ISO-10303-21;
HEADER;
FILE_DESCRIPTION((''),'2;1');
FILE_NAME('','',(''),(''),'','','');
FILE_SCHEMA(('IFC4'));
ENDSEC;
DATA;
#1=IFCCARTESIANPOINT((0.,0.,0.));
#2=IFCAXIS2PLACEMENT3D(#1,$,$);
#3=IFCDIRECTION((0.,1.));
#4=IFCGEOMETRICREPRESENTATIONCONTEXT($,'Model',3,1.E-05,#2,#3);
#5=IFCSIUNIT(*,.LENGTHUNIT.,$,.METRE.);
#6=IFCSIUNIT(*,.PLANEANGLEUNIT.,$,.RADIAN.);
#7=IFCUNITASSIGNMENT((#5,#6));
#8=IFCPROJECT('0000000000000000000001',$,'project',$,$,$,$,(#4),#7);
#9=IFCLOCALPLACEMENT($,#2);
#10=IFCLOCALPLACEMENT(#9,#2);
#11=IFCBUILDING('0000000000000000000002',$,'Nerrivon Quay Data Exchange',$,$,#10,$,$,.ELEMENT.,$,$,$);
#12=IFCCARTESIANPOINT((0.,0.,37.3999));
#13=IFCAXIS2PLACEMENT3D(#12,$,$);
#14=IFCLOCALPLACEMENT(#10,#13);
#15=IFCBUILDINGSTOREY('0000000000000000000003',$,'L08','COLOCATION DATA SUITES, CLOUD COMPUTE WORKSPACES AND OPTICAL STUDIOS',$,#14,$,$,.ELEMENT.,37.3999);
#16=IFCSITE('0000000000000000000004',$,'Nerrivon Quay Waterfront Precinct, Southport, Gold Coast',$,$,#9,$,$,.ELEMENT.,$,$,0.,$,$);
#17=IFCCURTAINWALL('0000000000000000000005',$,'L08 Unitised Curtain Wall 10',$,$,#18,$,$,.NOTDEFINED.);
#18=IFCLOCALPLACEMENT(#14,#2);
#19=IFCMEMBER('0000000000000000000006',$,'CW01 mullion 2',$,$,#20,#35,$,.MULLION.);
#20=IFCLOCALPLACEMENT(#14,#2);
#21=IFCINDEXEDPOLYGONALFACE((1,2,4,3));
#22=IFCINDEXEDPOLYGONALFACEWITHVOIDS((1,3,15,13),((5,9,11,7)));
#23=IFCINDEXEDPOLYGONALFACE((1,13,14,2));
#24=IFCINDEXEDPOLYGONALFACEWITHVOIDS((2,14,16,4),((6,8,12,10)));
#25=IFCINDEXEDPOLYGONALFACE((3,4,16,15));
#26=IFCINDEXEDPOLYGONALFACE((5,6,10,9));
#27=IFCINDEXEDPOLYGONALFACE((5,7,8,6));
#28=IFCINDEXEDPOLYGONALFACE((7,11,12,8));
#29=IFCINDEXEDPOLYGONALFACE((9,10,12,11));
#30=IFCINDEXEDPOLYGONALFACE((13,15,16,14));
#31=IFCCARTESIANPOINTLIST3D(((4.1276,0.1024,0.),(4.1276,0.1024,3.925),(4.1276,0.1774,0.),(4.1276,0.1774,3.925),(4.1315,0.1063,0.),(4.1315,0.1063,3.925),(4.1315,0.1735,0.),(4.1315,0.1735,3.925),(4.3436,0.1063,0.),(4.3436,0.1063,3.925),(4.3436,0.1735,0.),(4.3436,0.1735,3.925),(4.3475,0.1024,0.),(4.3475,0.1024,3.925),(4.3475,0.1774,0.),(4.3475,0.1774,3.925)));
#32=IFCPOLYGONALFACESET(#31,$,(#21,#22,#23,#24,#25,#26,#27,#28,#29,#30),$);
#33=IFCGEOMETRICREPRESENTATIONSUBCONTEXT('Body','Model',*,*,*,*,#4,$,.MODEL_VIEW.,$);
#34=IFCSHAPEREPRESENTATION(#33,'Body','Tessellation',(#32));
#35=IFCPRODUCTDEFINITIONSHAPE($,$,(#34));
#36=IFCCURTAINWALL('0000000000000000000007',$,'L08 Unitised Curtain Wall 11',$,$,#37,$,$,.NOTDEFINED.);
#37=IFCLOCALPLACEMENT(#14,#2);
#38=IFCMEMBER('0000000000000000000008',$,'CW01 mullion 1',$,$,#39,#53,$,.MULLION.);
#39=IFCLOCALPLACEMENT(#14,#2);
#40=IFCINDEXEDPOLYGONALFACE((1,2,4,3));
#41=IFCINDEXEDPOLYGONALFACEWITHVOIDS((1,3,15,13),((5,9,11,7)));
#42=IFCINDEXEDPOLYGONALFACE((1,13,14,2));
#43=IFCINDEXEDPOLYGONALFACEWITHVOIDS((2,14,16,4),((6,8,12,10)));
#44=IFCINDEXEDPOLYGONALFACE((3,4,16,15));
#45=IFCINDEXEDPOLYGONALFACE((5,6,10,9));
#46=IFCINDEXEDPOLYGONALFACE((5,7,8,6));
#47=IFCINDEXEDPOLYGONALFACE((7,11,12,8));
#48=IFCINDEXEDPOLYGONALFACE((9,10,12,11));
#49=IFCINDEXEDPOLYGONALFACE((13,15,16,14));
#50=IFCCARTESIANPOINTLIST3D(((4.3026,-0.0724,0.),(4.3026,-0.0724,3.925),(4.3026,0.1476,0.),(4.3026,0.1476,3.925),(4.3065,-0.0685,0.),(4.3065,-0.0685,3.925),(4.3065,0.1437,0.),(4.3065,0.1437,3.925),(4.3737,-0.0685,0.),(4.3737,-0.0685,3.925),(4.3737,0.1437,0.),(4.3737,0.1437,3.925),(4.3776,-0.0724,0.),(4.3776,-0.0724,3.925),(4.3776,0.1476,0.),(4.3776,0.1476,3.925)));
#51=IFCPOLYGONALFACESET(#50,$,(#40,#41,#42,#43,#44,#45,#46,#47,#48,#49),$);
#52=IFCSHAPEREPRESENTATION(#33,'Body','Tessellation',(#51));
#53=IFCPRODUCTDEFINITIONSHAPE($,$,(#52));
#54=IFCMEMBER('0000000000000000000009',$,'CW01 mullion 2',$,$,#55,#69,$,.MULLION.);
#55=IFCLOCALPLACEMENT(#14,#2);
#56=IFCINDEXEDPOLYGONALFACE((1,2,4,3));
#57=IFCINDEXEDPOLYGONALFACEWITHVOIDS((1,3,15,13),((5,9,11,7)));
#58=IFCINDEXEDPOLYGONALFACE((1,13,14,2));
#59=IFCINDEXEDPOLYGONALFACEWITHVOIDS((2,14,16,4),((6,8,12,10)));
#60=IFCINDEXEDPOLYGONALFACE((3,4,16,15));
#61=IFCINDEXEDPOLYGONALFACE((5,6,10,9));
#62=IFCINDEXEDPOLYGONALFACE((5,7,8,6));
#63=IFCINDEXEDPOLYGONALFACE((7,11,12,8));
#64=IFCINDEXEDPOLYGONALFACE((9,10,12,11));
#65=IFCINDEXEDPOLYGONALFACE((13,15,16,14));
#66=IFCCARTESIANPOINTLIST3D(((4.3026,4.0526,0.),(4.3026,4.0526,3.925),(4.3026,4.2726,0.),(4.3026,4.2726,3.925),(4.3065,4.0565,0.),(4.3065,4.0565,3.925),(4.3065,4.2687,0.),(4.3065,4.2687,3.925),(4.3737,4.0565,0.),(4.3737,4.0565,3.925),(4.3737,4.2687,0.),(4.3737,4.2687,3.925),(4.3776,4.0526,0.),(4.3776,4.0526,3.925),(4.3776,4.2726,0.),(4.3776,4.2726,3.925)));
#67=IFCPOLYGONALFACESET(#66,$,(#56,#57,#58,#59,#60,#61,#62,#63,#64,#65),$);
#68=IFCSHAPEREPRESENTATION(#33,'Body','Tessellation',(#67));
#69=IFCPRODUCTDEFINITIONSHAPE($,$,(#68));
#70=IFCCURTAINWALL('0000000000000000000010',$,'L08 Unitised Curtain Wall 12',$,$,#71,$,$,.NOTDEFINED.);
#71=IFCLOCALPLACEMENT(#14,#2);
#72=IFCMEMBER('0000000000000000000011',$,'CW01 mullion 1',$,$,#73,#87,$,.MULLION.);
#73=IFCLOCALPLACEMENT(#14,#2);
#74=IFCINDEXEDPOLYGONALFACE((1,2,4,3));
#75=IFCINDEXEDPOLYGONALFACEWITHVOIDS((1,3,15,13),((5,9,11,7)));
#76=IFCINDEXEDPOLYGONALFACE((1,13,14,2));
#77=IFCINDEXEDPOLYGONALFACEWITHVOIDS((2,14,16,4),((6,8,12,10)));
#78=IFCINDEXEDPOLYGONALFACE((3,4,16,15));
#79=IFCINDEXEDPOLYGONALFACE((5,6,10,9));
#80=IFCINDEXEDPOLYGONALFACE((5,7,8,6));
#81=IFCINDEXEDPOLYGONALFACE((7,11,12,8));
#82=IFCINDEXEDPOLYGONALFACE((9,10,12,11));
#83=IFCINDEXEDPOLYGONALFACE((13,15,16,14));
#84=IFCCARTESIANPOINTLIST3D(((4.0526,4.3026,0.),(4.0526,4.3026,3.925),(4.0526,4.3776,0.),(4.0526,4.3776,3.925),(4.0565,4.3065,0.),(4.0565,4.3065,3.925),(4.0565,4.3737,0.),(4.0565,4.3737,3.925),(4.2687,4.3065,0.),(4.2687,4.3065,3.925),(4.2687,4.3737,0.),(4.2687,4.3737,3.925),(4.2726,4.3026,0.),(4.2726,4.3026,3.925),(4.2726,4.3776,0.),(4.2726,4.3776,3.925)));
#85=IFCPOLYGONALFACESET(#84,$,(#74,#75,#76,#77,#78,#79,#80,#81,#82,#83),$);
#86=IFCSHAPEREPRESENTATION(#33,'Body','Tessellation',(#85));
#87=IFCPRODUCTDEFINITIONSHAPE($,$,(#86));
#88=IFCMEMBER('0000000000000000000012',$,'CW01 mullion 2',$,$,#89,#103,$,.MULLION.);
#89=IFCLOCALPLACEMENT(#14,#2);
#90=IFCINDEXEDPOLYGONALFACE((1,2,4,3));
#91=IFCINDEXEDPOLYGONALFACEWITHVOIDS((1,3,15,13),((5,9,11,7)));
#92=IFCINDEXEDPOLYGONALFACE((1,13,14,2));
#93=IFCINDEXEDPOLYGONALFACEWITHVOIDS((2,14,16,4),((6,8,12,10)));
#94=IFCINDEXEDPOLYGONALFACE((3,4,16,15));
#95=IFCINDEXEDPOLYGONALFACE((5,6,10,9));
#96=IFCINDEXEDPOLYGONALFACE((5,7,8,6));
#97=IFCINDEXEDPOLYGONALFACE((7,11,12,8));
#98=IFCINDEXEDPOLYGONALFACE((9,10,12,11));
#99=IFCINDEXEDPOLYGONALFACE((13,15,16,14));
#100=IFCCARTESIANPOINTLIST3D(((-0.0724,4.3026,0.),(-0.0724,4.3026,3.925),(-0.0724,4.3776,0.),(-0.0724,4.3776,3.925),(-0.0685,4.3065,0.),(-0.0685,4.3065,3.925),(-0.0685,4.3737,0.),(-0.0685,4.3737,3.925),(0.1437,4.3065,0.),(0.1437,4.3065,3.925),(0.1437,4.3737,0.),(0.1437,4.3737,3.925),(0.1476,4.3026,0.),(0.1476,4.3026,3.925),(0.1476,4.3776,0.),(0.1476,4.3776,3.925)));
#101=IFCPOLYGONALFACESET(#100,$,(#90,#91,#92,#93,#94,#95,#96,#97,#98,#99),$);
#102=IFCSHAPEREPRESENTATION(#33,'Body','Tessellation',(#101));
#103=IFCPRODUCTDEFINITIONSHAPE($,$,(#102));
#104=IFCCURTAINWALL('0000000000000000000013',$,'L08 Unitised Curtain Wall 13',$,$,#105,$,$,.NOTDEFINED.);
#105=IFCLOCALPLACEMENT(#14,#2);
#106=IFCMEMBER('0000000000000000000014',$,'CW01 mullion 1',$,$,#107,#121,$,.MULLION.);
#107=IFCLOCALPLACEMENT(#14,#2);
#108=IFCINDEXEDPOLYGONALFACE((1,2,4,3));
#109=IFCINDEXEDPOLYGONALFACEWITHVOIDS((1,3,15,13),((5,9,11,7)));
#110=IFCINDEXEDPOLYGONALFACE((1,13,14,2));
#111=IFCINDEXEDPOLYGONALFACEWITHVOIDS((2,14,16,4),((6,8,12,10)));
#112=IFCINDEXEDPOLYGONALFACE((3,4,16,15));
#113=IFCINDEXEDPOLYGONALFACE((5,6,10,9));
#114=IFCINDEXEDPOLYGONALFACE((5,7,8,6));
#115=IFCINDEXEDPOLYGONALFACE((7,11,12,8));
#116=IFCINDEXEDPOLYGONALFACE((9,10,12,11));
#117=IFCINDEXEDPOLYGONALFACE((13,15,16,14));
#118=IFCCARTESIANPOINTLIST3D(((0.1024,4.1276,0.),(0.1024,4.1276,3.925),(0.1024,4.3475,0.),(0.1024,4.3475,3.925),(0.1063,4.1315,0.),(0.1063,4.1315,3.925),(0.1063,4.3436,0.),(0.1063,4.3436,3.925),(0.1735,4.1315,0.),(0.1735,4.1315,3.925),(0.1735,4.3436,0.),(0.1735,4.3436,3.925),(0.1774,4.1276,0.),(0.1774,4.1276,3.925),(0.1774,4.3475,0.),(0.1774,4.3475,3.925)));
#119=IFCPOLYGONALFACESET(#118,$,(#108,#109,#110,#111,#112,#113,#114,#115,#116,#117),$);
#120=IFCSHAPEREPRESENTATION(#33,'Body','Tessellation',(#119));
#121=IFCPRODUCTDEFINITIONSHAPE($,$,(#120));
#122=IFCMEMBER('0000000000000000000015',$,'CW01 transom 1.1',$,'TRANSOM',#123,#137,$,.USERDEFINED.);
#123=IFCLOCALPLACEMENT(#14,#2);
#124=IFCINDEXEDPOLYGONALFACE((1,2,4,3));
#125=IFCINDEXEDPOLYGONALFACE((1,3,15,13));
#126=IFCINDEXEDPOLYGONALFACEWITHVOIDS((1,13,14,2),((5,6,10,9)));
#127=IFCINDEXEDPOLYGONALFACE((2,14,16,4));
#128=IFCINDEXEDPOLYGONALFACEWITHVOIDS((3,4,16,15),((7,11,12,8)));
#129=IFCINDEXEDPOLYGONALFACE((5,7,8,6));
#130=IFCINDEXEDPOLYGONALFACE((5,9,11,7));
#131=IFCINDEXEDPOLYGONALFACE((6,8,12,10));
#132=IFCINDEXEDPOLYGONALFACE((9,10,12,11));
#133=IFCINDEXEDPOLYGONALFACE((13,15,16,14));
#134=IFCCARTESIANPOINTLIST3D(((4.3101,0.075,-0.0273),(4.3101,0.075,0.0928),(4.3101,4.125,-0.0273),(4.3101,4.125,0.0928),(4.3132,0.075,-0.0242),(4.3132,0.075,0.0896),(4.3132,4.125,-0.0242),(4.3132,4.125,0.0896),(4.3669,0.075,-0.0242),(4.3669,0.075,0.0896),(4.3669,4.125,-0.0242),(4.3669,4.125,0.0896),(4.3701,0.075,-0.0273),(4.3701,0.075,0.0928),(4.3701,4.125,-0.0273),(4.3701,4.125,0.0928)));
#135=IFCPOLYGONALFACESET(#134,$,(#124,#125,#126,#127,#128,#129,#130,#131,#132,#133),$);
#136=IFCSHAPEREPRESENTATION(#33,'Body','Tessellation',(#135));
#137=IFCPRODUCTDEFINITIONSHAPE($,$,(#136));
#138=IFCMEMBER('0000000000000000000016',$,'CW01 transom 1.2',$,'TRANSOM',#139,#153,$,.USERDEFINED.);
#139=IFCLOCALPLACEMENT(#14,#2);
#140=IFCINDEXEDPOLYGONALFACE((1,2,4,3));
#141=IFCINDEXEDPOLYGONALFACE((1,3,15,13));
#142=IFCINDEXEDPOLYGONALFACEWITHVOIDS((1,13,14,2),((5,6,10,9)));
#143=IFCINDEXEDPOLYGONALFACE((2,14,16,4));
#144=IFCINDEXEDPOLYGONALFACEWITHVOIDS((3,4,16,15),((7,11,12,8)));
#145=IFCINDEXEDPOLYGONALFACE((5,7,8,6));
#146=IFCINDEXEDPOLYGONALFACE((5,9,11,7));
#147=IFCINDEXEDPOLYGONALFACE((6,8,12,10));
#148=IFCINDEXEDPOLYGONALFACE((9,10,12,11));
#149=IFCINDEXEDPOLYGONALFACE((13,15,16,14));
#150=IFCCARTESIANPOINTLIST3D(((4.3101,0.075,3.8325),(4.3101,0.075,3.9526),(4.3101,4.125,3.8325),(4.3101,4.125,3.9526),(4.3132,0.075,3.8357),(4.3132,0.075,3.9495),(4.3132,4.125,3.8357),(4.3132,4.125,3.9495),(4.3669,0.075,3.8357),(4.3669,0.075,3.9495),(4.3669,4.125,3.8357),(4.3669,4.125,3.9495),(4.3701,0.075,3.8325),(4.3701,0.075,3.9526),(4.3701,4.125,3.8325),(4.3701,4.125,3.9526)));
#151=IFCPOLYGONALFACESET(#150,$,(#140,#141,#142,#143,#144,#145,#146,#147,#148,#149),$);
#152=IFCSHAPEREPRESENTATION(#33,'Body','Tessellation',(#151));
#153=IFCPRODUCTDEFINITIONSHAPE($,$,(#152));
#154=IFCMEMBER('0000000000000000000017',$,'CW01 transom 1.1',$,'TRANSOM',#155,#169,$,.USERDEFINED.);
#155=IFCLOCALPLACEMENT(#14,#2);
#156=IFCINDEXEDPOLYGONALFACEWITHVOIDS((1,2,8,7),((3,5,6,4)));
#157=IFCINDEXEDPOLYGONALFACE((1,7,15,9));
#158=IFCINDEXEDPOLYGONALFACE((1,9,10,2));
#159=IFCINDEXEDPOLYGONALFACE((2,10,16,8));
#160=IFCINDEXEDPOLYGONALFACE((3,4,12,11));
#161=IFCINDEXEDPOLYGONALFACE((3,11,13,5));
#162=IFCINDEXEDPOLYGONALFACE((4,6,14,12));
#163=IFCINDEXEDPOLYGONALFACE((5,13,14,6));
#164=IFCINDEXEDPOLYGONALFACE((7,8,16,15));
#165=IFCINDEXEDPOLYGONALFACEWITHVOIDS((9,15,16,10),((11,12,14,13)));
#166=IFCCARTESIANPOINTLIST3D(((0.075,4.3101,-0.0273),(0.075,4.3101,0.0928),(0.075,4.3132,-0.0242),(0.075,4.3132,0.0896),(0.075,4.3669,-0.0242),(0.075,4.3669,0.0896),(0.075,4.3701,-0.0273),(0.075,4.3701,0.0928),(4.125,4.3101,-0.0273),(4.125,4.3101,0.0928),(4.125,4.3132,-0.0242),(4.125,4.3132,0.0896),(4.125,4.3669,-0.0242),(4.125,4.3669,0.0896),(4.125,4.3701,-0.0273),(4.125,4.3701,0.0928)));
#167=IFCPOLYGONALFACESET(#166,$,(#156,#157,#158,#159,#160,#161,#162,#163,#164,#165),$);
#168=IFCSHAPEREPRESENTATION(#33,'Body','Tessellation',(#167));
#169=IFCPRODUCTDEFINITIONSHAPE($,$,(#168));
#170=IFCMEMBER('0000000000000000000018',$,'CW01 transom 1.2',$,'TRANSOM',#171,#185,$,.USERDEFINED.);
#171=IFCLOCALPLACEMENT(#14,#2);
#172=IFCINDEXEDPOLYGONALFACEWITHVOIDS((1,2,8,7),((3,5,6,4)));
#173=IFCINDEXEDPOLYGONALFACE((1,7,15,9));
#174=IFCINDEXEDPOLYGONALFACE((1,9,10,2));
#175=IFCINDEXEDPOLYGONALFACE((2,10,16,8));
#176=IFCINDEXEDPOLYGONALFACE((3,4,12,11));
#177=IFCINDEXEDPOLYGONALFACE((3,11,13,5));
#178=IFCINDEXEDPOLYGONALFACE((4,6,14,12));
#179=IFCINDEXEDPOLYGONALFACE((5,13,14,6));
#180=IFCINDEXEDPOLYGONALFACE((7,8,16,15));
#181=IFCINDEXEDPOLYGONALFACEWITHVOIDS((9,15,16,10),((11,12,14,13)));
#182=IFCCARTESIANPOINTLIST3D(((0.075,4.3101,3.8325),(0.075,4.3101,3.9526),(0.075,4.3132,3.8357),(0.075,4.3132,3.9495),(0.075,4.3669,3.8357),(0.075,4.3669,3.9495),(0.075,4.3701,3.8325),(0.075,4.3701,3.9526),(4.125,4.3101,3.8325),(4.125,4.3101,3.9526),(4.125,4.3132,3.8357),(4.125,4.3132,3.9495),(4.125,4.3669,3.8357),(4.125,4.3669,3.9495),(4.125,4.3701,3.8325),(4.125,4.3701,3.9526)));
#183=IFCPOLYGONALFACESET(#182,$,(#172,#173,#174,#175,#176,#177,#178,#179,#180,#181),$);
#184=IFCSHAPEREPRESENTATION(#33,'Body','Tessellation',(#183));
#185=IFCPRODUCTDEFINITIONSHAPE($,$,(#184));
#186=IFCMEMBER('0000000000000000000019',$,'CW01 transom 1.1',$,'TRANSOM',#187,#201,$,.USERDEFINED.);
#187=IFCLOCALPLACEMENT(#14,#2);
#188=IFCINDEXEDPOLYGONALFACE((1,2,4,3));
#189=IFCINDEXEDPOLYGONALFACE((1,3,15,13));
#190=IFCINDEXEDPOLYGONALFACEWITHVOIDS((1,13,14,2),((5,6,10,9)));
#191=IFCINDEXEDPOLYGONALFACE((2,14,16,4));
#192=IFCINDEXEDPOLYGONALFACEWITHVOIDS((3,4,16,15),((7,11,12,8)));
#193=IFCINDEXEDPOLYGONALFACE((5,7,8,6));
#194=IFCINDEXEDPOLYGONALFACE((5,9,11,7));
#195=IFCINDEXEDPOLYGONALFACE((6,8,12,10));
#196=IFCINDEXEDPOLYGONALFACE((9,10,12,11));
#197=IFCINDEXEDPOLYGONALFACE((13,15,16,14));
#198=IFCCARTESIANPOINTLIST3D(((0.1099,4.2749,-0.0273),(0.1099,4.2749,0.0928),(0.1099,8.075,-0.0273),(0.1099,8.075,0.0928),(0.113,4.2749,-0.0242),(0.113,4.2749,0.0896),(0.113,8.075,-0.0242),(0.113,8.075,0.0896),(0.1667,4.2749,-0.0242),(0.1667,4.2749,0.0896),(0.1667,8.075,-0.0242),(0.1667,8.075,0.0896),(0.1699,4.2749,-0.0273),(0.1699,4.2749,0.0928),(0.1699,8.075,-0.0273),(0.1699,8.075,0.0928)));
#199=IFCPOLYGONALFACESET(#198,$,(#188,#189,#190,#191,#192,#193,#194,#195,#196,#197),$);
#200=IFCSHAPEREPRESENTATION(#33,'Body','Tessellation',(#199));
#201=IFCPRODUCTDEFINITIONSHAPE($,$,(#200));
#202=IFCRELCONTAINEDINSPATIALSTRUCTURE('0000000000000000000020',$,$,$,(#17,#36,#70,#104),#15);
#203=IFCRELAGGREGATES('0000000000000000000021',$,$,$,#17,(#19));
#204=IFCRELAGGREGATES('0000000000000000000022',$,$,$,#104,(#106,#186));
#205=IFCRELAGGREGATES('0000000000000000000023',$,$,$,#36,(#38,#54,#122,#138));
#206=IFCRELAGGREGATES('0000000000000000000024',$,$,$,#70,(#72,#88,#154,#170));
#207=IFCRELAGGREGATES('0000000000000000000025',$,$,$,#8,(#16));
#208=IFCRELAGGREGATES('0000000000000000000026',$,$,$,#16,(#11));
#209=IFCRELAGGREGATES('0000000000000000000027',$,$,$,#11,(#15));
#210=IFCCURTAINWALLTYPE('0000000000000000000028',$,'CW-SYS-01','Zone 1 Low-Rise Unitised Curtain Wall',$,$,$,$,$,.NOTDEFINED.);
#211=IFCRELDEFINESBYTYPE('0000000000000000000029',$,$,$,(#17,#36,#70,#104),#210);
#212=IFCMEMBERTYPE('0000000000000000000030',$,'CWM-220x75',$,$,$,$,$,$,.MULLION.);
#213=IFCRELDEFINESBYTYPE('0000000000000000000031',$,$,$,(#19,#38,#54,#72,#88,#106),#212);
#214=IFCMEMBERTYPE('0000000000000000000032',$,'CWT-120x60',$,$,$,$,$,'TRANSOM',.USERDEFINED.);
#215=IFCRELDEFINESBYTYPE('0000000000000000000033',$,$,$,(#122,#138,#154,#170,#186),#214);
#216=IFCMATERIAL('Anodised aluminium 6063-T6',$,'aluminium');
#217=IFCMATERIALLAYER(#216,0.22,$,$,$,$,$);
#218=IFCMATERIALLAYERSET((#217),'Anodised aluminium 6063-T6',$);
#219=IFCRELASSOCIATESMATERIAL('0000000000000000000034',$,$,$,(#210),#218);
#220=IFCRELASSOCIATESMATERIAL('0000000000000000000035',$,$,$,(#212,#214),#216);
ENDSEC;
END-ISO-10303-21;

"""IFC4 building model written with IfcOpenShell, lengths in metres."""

from ifc_helpers import new_model, si_unit, direction, frame, origin, origin_2d, place, context, subcontext, project, spatial, hollow_rectangle, extrude, material, layer, layer_set, material_profile, profile_set, type_object, element, aggregate, save


model = new_model("IFC4")

# Units and contexts
model_context = context("Model", 3, precision=1e-05, world=origin(), true_north=direction((0.0, 1.0)))
body_context = subcontext(model_context, "Body", "Model", "MODEL_VIEW")
ifc_project = project(units=[si_unit("LENGTHUNIT", "METRE"), si_unit("PLANEANGLEUNIT", "RADIAN")], contexts=[model_context])

# Site, building, storey
site_placement = place(None, origin())
site = spatial("IfcSite", under=ifc_project, at=site_placement, Name="Nerrivon Quay Waterfront Precinct, Southport, Gold Coast", CompositionType="ELEMENT", RefElevation=0.0)
building_placement = place(site_placement, origin())
building = spatial("IfcBuilding", under=site, at=building_placement, Name="Nerrivon Quay Data Exchange", CompositionType="ELEMENT")
storey_placement = place(building_placement, frame((0.0, 0.0, 37.3999)))
storey = spatial("IfcBuildingStorey", under=building, at=storey_placement, Name="L08", Description="COLOCATION DATA SUITES, CLOUD COMPUTE WORKSPACES AND OPTICAL STUDIOS", CompositionType="ELEMENT", Elevation=37.3999)

# Curtain wall, member
ifc_material_1 = material(Name="Anodised aluminium 6063-T6", Category="aluminium")
ifc_layer_1 = layer(ifc_material_1, 0.22)
ifc_layer_set_1 = layer_set([ifc_layer_1], Name="Anodised aluminium 6063-T6")
curtain_wall_type = type_object("IfcCurtainWallType", Name="CW-SYS-01", Description="Zone 1 Low-Rise Unitised Curtain Wall", PredefinedType="NOTDEFINED", material=ifc_layer_set_1)
curtain_wall_1_placement = place(storey_placement, origin())
curtain_wall_1 = element("IfcCurtainWall", 1, at=curtain_wall_1_placement, inside=storey, type_object=curtain_wall_type, Name="L08 Unitised Curtain Wall 10", PredefinedType="NOTDEFINED")
ifc_material_profile_1 = material_profile(ifc_material_1, hollow_rectangle(XDim=0.075, YDim=0.22, WallThickness=0.0039, at=origin_2d()), Name="ALU-MULL-220x75")
ifc_profile_set_1 = profile_set([ifc_material_profile_1], Name="Anodised aluminium 6063-T6")
member_type_1 = type_object("IfcMemberType", Name="CWM-220x75", PredefinedType="MULLION", material=ifc_profile_set_1)
member_1_placement = place(storey_placement, frame((4.2375, 0.1399, 0.0), z_axis=(0.0, 0.0, 1.0), x_axis=(0.0, -1.0, 0.0)))
member_1 = element("IfcMember", 2, at=member_1_placement, type_object=member_type_1, Name="CW01 mullion 2", PredefinedType="MULLION", context=body_context, shape_type="SweptSolid", body=[
    extrude(hollow_rectangle(XDim=0.075, YDim=0.22, WallThickness=0.0039, at=origin_2d()), origin(), (0.0, 0.0, 1.0), 3.925),
])
aggregate(curtain_wall_1, [member_1])

# Curtain walls, members
curtain_wall_2_placement = place(storey_placement, origin())
curtain_wall_2 = element("IfcCurtainWall", 3, at=curtain_wall_2_placement, inside=storey, type_object=curtain_wall_type, Name="L08 Unitised Curtain Wall 11", PredefinedType="NOTDEFINED")
member_2_placement = place(storey_placement, frame((4.3401, 0.0376, 0.0), z_axis=(0.0, 0.0, 1.0), x_axis=(-1.0, 0.0, 0.0)))
member_2 = element("IfcMember", 4, at=member_2_placement, type_object=member_type_1, Name="CW01 mullion 1", PredefinedType="MULLION", context=body_context, shape_type="SweptSolid", body=[
    extrude(hollow_rectangle(XDim=0.075, YDim=0.22, WallThickness=0.0039, at=origin_2d()), origin(), (0.0, 0.0, 1.0), 3.925),
])
member_3_placement = place(storey_placement, frame((4.3401, 4.1626, 0.0), z_axis=(0.0, 0.0, 1.0), x_axis=(-1.0, 0.0, 0.0)))
member_3 = element("IfcMember", 5, at=member_3_placement, type_object=member_type_1, Name="CW01 mullion 2", PredefinedType="MULLION", context=body_context, shape_type="SweptSolid", body=[
    extrude(hollow_rectangle(XDim=0.075, YDim=0.22, WallThickness=0.0039, at=origin_2d()), origin(), (0.0, 0.0, 1.0), 3.925),
])
curtain_wall_3_placement = place(storey_placement, origin())
curtain_wall_3 = element("IfcCurtainWall", 6, at=curtain_wall_3_placement, inside=storey, type_object=curtain_wall_type, Name="L08 Unitised Curtain Wall 12", PredefinedType="NOTDEFINED")
member_4_placement = place(storey_placement, frame((4.1626, 4.3401, 0.0), z_axis=(0.0, 0.0, 1.0), x_axis=(0.0, -1.0, 0.0)))
member_4 = element("IfcMember", 7, at=member_4_placement, type_object=member_type_1, Name="CW01 mullion 1", PredefinedType="MULLION", context=body_context, shape_type="SweptSolid", body=[
    extrude(hollow_rectangle(XDim=0.075, YDim=0.22, WallThickness=0.0039, at=origin_2d()), origin(), (0.0, 0.0, 1.0), 3.925),
])
member_5_placement = place(storey_placement, frame((0.0376, 4.3401, 0.0), z_axis=(0.0, 0.0, 1.0), x_axis=(0.0, -1.0, 0.0)))
member_5 = element("IfcMember", 8, at=member_5_placement, type_object=member_type_1, Name="CW01 mullion 2", PredefinedType="MULLION", context=body_context, shape_type="SweptSolid", body=[
    extrude(hollow_rectangle(XDim=0.075, YDim=0.22, WallThickness=0.0039, at=origin_2d()), origin(), (0.0, 0.0, 1.0), 3.925),
])

# Curtain wall, member
curtain_wall_4_placement = place(storey_placement, origin())
curtain_wall_4 = element("IfcCurtainWall", 9, at=curtain_wall_4_placement, inside=storey, type_object=curtain_wall_type, Name="L08 Unitised Curtain Wall 13", PredefinedType="NOTDEFINED")
member_6_placement = place(storey_placement, frame((0.1399, 4.2375, 0.0), z_axis=(0.0, 0.0, 1.0), x_axis=(-1.0, 0.0, 0.0)))
member_6 = element("IfcMember", 10, at=member_6_placement, type_object=member_type_1, Name="CW01 mullion 1", PredefinedType="MULLION", context=body_context, shape_type="SweptSolid", body=[
    extrude(hollow_rectangle(XDim=0.075, YDim=0.22, WallThickness=0.0039, at=origin_2d()), origin(), (0.0, 0.0, 1.0), 3.925),
])

# Members
ifc_material_profile_2 = material_profile(ifc_material_1, hollow_rectangle(XDim=0.0601, YDim=0.1201, WallThickness=0.0032, at=origin_2d()), Name="ALU-TRAN-120x60")
ifc_profile_set_2 = profile_set([ifc_material_profile_2], Name="Anodised aluminium 6063-T6")
member_type_2 = type_object("IfcMemberType", Name="CWT-120x60", ElementType="TRANSOM", PredefinedType="USERDEFINED", material=ifc_profile_set_2)
member_7_placement = place(storey_placement, frame((4.3401, 0.075, 0.0327), z_axis=(0.0, 1.0, 0.0), x_axis=(-1.0, 0.0, 0.0)))
member_7 = element("IfcMember", 11, at=member_7_placement, type_object=member_type_2, Name="CW01 transom 1.1", ObjectType="TRANSOM", PredefinedType="USERDEFINED", context=body_context, shape_type="SweptSolid", body=[
    extrude(hollow_rectangle(XDim=0.0601, YDim=0.1201, WallThickness=0.0032, at=origin_2d()), origin(), (0.0, 0.0, 1.0), 4.05),
])
member_8_placement = place(storey_placement, frame((4.3401, 0.075, 3.8926), z_axis=(0.0, 1.0, 0.0), x_axis=(-1.0, 0.0, 0.0)))
member_8 = element("IfcMember", 12, at=member_8_placement, type_object=member_type_2, Name="CW01 transom 1.2", ObjectType="TRANSOM", PredefinedType="USERDEFINED", context=body_context, shape_type="SweptSolid", body=[
    extrude(hollow_rectangle(XDim=0.0601, YDim=0.1201, WallThickness=0.0032, at=origin_2d()), origin(), (0.0, 0.0, 1.0), 4.05),
])
member_9_placement = place(storey_placement, frame((4.125, 4.3401, 0.0327), z_axis=(-1.0, 0.0, 0.0), x_axis=(0.0, -1.0, 0.0)))
member_9 = element("IfcMember", 13, at=member_9_placement, type_object=member_type_2, Name="CW01 transom 1.1", ObjectType="TRANSOM", PredefinedType="USERDEFINED", context=body_context, shape_type="SweptSolid", body=[
    extrude(hollow_rectangle(XDim=0.0601, YDim=0.1201, WallThickness=0.0032, at=origin_2d()), origin(), (0.0, 0.0, 1.0), 4.05),
])
member_10_placement = place(storey_placement, frame((4.125, 4.3401, 3.8926), z_axis=(-1.0, 0.0, 0.0), x_axis=(0.0, -1.0, 0.0)))
member_10 = element("IfcMember", 14, at=member_10_placement, type_object=member_type_2, Name="CW01 transom 1.2", ObjectType="TRANSOM", PredefinedType="USERDEFINED", context=body_context, shape_type="SweptSolid", body=[
    extrude(hollow_rectangle(XDim=0.0601, YDim=0.1201, WallThickness=0.0032, at=origin_2d()), origin(), (0.0, 0.0, 1.0), 4.05),
])
member_11_placement = place(storey_placement, frame((0.1399, 4.2749, 0.0327), z_axis=(0.0, 1.0, 0.0), x_axis=(-1.0, 0.0, 0.0)))
member_11 = element("IfcMember", 15, at=member_11_placement, type_object=member_type_2, Name="CW01 transom 1.1", ObjectType="TRANSOM", PredefinedType="USERDEFINED", context=body_context, shape_type="SweptSolid", body=[
    extrude(hollow_rectangle(XDim=0.0601, YDim=0.1201, WallThickness=0.0032, at=origin_2d()), origin(), (0.0, 0.0, 1.0), 3.8),
])
aggregate(curtain_wall_4, [member_6, member_11])

aggregate(curtain_wall_2, [member_2, member_3, member_7, member_8])
aggregate(curtain_wall_3, [member_4, member_5, member_9, member_10])

save(model, "model.ifc")
